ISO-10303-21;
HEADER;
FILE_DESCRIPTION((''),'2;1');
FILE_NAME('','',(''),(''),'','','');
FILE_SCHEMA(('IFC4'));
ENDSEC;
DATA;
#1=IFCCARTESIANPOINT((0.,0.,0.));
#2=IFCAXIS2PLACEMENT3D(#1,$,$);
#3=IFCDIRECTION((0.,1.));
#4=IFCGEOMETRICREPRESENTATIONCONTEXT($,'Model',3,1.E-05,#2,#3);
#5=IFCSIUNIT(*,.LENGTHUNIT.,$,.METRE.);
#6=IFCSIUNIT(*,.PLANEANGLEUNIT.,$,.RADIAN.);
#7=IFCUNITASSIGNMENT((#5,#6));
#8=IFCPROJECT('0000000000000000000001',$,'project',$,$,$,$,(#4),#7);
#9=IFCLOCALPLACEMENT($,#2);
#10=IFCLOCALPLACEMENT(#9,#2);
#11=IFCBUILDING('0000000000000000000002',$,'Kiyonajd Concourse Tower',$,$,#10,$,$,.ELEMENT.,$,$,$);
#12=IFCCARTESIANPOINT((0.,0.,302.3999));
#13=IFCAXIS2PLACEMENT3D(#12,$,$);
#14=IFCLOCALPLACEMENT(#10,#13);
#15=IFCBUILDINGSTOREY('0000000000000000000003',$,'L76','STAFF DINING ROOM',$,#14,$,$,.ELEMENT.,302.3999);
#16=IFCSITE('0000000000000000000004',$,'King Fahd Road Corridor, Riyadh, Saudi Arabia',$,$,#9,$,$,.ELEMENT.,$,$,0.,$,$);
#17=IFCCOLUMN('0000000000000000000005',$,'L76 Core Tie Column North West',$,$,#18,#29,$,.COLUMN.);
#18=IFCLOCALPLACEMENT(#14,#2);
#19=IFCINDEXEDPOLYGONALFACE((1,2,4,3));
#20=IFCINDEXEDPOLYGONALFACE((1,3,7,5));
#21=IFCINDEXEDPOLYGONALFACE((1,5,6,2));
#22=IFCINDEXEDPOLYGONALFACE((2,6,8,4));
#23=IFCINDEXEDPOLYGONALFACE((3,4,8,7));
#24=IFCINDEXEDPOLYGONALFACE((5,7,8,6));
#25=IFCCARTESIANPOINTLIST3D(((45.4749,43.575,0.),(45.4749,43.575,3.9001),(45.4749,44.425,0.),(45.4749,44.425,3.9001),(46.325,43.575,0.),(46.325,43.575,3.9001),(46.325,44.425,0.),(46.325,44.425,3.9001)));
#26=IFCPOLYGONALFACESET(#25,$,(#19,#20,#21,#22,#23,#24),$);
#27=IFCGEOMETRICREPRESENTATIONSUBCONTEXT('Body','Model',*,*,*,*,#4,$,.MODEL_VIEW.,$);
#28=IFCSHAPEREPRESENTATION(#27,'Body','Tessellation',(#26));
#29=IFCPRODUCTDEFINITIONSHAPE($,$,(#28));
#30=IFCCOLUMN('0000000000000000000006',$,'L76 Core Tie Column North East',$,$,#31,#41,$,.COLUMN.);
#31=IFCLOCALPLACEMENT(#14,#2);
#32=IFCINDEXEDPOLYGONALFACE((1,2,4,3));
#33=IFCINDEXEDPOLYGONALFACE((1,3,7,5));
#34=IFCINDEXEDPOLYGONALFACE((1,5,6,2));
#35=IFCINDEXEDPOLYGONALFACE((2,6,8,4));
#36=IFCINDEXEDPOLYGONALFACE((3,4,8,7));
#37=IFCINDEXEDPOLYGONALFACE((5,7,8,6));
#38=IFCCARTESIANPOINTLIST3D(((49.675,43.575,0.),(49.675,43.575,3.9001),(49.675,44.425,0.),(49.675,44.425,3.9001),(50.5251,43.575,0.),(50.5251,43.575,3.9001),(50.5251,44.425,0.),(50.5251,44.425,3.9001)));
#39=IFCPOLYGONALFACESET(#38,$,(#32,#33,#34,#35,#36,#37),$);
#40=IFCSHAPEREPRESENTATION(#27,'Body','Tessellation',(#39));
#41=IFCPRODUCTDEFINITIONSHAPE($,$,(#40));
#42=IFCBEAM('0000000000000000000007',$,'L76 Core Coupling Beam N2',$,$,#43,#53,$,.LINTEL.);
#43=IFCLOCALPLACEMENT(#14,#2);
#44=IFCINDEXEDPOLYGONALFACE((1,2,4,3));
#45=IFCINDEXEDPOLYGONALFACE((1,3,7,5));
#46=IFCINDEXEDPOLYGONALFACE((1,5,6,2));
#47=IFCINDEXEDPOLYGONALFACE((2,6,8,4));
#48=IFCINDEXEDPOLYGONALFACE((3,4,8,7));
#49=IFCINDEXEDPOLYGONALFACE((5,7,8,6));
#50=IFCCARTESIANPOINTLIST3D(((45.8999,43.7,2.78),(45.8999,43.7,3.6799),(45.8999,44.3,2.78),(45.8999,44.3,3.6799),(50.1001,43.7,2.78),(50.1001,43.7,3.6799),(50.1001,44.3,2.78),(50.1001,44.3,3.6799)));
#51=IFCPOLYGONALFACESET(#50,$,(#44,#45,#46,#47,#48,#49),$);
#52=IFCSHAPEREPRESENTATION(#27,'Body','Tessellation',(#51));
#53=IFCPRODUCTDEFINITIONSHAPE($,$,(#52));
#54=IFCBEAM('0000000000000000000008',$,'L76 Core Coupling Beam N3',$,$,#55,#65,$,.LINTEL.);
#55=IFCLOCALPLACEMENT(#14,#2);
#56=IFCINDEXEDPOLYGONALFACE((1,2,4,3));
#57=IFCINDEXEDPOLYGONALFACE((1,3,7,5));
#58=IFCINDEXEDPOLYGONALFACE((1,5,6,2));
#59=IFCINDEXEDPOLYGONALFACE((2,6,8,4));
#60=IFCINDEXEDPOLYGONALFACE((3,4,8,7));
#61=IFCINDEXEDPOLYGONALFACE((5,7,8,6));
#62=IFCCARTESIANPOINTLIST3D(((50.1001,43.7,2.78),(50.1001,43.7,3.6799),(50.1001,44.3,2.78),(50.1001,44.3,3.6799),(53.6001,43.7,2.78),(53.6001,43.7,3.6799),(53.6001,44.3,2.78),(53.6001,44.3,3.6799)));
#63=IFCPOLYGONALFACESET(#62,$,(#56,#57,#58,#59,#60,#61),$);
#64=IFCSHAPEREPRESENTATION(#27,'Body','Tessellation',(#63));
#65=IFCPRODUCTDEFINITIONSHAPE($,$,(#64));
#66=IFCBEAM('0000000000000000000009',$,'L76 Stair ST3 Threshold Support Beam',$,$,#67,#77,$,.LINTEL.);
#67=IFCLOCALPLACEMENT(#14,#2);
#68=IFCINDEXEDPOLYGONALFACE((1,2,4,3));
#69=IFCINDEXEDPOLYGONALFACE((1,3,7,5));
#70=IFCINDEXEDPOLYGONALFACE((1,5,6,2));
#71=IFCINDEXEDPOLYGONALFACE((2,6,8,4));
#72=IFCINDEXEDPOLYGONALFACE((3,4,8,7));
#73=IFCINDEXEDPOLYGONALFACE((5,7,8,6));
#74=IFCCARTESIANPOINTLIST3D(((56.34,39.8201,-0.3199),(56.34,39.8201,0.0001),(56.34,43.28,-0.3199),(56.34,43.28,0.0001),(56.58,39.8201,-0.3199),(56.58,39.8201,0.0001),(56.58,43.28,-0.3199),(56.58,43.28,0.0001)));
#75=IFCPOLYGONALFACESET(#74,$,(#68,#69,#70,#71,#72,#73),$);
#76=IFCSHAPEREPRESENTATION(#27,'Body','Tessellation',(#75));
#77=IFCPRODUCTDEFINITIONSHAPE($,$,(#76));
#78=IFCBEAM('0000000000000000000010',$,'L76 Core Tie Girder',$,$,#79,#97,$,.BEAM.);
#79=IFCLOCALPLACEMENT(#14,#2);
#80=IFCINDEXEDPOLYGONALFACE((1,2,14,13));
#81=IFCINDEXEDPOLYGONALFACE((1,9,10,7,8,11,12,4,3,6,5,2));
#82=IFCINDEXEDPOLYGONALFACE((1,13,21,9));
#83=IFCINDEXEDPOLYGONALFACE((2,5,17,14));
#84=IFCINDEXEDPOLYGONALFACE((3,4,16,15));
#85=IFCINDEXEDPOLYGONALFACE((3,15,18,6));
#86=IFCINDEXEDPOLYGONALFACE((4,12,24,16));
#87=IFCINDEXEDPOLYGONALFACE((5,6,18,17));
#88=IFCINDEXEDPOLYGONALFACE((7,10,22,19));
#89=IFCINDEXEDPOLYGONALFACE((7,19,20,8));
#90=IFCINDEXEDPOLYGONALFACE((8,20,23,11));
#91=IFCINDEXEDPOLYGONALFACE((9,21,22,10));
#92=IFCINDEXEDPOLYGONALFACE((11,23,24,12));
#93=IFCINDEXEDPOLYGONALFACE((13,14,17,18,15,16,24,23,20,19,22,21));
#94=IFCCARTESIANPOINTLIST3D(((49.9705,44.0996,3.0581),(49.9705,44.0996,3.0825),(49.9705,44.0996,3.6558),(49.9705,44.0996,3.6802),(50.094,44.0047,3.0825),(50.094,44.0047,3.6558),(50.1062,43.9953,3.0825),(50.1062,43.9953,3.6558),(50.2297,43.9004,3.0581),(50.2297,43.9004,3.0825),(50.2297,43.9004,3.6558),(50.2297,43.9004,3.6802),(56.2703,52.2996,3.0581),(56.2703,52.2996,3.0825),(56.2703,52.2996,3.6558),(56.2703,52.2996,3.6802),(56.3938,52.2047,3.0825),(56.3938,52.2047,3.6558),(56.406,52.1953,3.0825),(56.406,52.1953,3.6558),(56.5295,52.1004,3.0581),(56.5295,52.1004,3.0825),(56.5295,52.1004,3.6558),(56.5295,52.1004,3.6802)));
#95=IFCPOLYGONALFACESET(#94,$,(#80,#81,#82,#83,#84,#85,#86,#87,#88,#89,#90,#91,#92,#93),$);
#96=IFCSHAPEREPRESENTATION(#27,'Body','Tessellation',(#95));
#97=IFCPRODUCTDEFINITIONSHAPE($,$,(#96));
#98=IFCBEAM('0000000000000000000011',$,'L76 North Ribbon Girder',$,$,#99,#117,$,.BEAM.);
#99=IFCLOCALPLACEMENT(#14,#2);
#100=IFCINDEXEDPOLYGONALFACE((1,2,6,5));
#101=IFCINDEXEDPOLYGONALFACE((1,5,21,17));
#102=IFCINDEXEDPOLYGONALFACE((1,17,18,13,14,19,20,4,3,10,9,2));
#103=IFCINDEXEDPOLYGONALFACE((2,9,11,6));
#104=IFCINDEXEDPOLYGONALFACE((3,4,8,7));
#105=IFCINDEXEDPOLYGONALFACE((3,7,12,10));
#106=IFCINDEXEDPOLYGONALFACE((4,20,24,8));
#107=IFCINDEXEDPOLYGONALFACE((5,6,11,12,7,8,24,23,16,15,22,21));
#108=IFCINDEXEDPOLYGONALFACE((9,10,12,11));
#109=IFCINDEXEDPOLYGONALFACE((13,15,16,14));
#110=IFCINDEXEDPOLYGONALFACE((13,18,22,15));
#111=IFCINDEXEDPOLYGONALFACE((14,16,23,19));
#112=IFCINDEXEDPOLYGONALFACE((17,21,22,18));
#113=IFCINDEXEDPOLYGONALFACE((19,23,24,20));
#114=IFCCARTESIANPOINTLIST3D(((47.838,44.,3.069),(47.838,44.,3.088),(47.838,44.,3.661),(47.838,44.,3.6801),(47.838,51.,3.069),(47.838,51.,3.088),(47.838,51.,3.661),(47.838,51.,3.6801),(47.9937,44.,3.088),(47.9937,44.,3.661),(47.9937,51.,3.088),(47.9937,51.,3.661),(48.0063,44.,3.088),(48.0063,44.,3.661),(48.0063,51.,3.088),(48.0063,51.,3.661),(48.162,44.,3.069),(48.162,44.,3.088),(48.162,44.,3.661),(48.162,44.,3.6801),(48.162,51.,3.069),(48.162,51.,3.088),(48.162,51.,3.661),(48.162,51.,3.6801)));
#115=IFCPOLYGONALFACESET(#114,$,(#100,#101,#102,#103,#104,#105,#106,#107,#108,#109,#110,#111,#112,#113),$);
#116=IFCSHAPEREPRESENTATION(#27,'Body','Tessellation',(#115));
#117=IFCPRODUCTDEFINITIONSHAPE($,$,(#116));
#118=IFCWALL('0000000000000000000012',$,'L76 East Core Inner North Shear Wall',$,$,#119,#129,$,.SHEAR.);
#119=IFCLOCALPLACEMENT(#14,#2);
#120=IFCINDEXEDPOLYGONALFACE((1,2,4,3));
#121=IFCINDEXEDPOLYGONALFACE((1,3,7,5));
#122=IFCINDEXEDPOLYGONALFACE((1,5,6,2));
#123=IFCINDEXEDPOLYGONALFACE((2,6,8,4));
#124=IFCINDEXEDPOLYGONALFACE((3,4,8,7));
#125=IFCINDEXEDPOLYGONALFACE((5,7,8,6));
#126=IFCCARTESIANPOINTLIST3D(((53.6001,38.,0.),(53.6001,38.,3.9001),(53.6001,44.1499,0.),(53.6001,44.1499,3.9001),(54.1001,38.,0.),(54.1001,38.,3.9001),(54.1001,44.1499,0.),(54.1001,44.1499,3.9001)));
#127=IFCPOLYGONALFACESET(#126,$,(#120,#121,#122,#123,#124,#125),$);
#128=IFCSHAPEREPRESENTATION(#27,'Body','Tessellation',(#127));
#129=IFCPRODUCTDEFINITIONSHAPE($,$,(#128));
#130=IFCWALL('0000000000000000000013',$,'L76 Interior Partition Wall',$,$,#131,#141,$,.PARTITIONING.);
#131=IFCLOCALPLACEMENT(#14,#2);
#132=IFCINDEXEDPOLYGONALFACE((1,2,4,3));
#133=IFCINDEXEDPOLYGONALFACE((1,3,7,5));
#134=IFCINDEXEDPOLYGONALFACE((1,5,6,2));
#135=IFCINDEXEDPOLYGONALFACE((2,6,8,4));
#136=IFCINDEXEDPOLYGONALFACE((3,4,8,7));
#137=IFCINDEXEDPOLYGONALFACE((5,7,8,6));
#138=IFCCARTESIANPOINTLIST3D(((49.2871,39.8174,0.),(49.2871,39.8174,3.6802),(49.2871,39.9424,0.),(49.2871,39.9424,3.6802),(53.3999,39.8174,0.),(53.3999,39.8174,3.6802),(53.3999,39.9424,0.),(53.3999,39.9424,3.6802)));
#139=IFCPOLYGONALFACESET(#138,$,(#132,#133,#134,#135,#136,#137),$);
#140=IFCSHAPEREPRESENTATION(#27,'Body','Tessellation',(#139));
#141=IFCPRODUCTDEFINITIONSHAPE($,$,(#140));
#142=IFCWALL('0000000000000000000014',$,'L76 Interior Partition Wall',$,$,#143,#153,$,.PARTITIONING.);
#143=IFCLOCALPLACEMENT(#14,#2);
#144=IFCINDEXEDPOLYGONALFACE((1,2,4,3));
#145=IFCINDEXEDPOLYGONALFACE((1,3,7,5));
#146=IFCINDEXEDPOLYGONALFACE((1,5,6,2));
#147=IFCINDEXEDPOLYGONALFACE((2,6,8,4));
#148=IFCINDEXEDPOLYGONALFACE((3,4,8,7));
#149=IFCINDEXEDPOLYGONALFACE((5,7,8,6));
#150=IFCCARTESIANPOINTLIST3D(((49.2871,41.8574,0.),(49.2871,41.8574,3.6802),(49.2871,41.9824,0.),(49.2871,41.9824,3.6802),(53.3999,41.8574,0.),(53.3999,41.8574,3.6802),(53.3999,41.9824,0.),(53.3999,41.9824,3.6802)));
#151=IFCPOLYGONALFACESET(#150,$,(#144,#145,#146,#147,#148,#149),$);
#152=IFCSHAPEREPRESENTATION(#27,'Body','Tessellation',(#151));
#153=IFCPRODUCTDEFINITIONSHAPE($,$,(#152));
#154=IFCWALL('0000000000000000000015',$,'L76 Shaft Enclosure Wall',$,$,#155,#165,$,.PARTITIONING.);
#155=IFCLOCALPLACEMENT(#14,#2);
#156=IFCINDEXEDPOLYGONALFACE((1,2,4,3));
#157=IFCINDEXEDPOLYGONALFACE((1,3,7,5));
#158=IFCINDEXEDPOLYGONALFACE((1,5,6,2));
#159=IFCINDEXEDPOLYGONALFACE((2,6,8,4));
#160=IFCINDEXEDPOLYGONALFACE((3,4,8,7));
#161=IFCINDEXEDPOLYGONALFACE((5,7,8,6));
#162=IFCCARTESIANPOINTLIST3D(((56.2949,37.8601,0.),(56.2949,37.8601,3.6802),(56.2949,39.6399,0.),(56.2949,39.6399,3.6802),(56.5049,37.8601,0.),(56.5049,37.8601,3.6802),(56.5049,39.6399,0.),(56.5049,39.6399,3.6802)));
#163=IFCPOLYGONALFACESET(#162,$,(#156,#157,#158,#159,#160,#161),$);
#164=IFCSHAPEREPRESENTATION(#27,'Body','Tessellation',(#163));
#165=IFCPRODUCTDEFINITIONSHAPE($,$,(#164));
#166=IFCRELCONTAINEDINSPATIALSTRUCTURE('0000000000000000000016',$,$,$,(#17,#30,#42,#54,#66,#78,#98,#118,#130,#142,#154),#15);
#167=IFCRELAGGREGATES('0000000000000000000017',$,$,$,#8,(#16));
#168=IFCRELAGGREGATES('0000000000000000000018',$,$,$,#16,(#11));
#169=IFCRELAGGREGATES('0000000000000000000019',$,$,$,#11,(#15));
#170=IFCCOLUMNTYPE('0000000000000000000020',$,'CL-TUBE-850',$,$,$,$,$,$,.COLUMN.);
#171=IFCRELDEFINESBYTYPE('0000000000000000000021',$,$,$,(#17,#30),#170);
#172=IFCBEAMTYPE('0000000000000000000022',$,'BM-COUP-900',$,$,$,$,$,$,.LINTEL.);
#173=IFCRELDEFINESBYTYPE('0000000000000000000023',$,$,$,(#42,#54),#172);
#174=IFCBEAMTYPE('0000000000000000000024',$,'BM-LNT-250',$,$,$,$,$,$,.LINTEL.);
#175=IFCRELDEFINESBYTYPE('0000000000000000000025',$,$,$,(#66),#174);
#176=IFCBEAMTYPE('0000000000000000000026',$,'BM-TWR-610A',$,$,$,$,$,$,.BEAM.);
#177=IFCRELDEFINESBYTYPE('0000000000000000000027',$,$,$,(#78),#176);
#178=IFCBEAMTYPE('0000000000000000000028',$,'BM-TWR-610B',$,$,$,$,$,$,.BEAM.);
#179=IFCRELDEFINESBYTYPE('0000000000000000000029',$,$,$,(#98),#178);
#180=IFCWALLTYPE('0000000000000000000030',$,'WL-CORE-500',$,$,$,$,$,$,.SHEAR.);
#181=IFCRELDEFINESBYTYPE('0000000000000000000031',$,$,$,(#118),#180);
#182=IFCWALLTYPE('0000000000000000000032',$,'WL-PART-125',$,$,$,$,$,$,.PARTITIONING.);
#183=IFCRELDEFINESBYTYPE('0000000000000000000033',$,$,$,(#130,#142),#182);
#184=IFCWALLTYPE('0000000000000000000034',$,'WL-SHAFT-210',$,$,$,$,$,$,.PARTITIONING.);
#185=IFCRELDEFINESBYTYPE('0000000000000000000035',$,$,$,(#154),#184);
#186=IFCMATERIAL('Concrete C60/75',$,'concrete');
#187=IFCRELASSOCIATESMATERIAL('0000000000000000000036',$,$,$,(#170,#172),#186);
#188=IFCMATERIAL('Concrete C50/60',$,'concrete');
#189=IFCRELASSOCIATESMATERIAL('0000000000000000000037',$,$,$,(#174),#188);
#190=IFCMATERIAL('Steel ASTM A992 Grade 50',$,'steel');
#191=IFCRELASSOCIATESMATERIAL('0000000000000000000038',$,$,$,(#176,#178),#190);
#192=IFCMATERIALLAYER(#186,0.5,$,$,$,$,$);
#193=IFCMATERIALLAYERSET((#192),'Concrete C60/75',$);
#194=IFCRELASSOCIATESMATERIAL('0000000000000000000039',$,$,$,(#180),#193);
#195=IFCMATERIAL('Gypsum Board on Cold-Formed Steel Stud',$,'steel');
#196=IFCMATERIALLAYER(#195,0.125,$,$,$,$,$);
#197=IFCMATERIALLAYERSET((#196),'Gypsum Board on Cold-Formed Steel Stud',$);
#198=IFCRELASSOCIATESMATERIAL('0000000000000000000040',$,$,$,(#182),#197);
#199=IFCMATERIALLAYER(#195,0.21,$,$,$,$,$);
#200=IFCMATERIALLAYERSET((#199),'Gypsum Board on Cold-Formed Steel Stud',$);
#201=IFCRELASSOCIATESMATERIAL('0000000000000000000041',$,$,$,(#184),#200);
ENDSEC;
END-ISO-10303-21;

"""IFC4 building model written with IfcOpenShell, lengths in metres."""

from ifc_helpers import new_model, si_unit, direction, frame, frame_2d, origin, origin_2d, place, context, subcontext, project, spatial, rectangle, i_section, extrude, material, layer, layer_set, material_profile, profile_set, type_object, element, save


model = new_model("IFC4")

# Units and contexts
model_context = context("Model", 3, precision=1e-05, world=origin(), true_north=direction((0.0, 1.0)))
body_context = subcontext(model_context, "Body", "Model", "MODEL_VIEW")
ifc_project = project(units=[si_unit("LENGTHUNIT", "METRE"), si_unit("PLANEANGLEUNIT", "RADIAN")], contexts=[model_context])

# Site, building, storey
site_placement = place(None, origin())
site = spatial("IfcSite", under=ifc_project, at=site_placement, Name="King Fahd Road Corridor, Riyadh, Saudi Arabia", CompositionType="ELEMENT", RefElevation=0.0)
building_placement = place(site_placement, origin())
building = spatial("IfcBuilding", under=site, at=building_placement, Name="Kiyonajd Concourse Tower", CompositionType="ELEMENT")
storey_placement = place(building_placement, frame((0.0, 0.0, 302.3999)))
storey = spatial("IfcBuildingStorey", under=building, at=storey_placement, Name="L76", Description="STAFF DINING ROOM", CompositionType="ELEMENT", Elevation=302.3999)

# Columns
ifc_material_1 = material(Name="Concrete C60/75", Category="concrete")
ifc_material_profile_1 = material_profile(ifc_material_1, rectangle(XDim=0.8501, YDim=0.8501, at=origin_2d()), Name="RC-850x850")
ifc_profile_set_1 = profile_set([ifc_material_profile_1], Name="Concrete C60/75")
column_type = type_object("IfcColumnType", Name="CL-TUBE-850", PredefinedType="COLUMN", material=ifc_profile_set_1)
for number, where, z_axis, x_axis, name in (
    (1, (45.8999, 44.0, 0.0), (0.0, 0.0, 1.0), (1.0, 0.0, 0.0), "L76 Core Tie Column North West"),
    (2, (50.1001, 44.0, 0.0), (0.0, 0.0, 1.0), (1.0, 0.0, 0.0), "L76 Core Tie Column North East"),
):
    element("IfcColumn", number, at=place(storey_placement, frame(where, z_axis=z_axis, x_axis=x_axis)), inside=storey, type_object=column_type, Name=name, PredefinedType="COLUMN", context=body_context, shape_type="SweptSolid", body=[
        extrude(rectangle(XDim=0.8501, YDim=0.8501, at=origin_2d()), origin(), (0.0, 0.0, 1.0), 3.9001),
    ])

# Beams
ifc_material_profile_2 = material_profile(ifc_material_1, rectangle(XDim=0.6001, YDim=0.8999, at=origin_2d()), Name="RCBM-600x900")
ifc_profile_set_2 = profile_set([ifc_material_profile_2], Name="Concrete C60/75")
beam_type_1 = type_object("IfcBeamType", Name="BM-COUP-900", PredefinedType="LINTEL", material=ifc_profile_set_2)
beam_1_placement = place(storey_placement, frame((45.8999, 44.0, 3.23), z_axis=(1.0, 0.0, 0.0), x_axis=(0.0, 1.0, 0.0)))
element("IfcBeam", 3, at=beam_1_placement, inside=storey, type_object=beam_type_1, Name="L76 Core Coupling Beam N2", PredefinedType="LINTEL", context=body_context, shape_type="SweptSolid", body=[
    extrude(rectangle(XDim=0.6001, YDim=0.8999, at=origin_2d()), origin(), (0.0, 0.0, 1.0), 4.2002),
])
beam_2_placement = place(storey_placement, frame((50.1001, 44.0, 3.23), z_axis=(1.0, 0.0, 0.0), x_axis=(0.0, 1.0, 0.0)))
element("IfcBeam", 4, at=beam_2_placement, inside=storey, type_object=beam_type_1, Name="L76 Core Coupling Beam N3", PredefinedType="LINTEL", context=body_context, shape_type="SweptSolid", body=[
    extrude(rectangle(XDim=0.6001, YDim=0.8999, at=origin_2d()), origin(), (0.0, 0.0, 1.0), 3.5),
])
ifc_material_2 = material(Name="Concrete C50/60", Category="concrete")
ifc_material_profile_3 = material_profile(ifc_material_2, rectangle(XDim=0.24, YDim=0.3201, at=origin_2d()), Name="RCBM-240x320")
ifc_profile_set_3 = profile_set([ifc_material_profile_3], Name="Concrete C50/60")
beam_type_2 = type_object("IfcBeamType", Name="BM-LNT-250", PredefinedType="LINTEL", material=ifc_profile_set_3)
beam_3_placement = place(storey_placement, frame((56.46, 39.8201, -0.1599), z_axis=(0.0, 1.0, 0.0), x_axis=(-1.0, 0.0, 0.0)))
element("IfcBeam", 5, at=beam_3_placement, inside=storey, type_object=beam_type_2, Name="L76 Stair ST3 Threshold Support Beam", PredefinedType="LINTEL", context=body_context, shape_type="SweptSolid", body=[
    extrude(rectangle(XDim=0.24, YDim=0.3201, at=origin_2d()), origin(), (0.0, 0.0, 1.0), 3.46),
])
ifc_material_3 = material(Name="Steel ASTM A992 Grade 50", Category="steel")
ifc_material_profile_4 = material_profile(ifc_material_3, i_section(OverallWidth=0.3269, OverallDepth=0.6221, WebThickness=0.0154, FlangeThickness=0.0244, at=origin_2d()), Name="W610X195")
ifc_profile_set_4 = profile_set([ifc_material_profile_4], Name="Steel ASTM A992 Grade 50")
beam_type_3 = type_object("IfcBeamType", Name="BM-TWR-610A", PredefinedType="BEAM", material=ifc_profile_set_4)
beam_4_placement = place(storey_placement, frame((50.1001, 44.0, 3.3691), z_axis=(0.609234, 0.792991, 0.0), x_axis=(-0.792991, 0.609234, 0.0)))
element("IfcBeam", 6, at=beam_4_placement, inside=storey, type_object=beam_type_3, Name="L76 Core Tie Girder", PredefinedType="BEAM", context=body_context, shape_type="SweptSolid", body=[
    extrude(i_section(OverallWidth=0.3269, OverallDepth=0.6221, WebThickness=0.0154, FlangeThickness=0.0244, at=origin_2d()), origin(), (0.0, 0.0, 1.0), 10.3406),
])
ifc_material_profile_5 = material_profile(ifc_material_3, i_section(OverallWidth=0.324, OverallDepth=0.6111, WebThickness=0.0127, FlangeThickness=0.019, at=origin_2d()), Name="W610X155")
ifc_profile_set_5 = profile_set([ifc_material_profile_5], Name="Steel ASTM A992 Grade 50")
beam_type_4 = type_object("IfcBeamType", Name="BM-TWR-610B", PredefinedType="BEAM", material=ifc_profile_set_5)
beam_5_placement = place(storey_placement, frame((48.0, 44.0, 3.3745), z_axis=(0.0, 1.0, 0.0), x_axis=(-1.0, 0.0, 0.0)))
element("IfcBeam", 7, at=beam_5_placement, inside=storey, type_object=beam_type_4, Name="L76 North Ribbon Girder", PredefinedType="BEAM", context=body_context, shape_type="SweptSolid", body=[
    extrude(i_section(OverallWidth=0.324, OverallDepth=0.6111, WebThickness=0.0127, FlangeThickness=0.019, at=origin_2d()), origin(), (0.0, 0.0, 1.0), 7.0),
])

# Walls
ifc_layer_1 = layer(ifc_material_1, 0.5)
ifc_layer_set_1 = layer_set([ifc_layer_1], Name="Concrete C60/75")
wall_type_1 = type_object("IfcWallType", Name="WL-CORE-500", PredefinedType="SHEAR", material=ifc_layer_set_1)
wall_1_placement = place(storey_placement, frame((53.8501, 38.0, 0.0), z_axis=(0.0, 0.0, 1.0), x_axis=(0.0, 1.0, 0.0)))
element("IfcWall", 8, at=wall_1_placement, inside=storey, type_object=wall_type_1, Name="L76 East Core Inner North Shear Wall", PredefinedType="SHEAR", context=body_context, shape_type="SweptSolid", body=[
    extrude(rectangle(XDim=6.1499, YDim=0.5, at=frame_2d((3.075, 0.0))), origin(), (0.0, 0.0, 1.0), 3.9001),
])
ifc_material_4 = material(Name="Gypsum Board on Cold-Formed Steel Stud", Category="steel")
ifc_layer_2 = layer(ifc_material_4, 0.125)
ifc_layer_set_2 = layer_set([ifc_layer_2], Name="Gypsum Board on Cold-Formed Steel Stud")
wall_type_2 = type_object("IfcWallType", Name="WL-PART-125", PredefinedType="PARTITIONING", material=ifc_layer_set_2)
for number, where, z_axis, x_axis, name in (
    (9, (49.2871, 39.8799, 0.0), (0.0, 0.0, 1.0), (1.0, 0.0, 0.0), "L76 Interior Partition Wall"),
    (10, (49.2871, 41.9199, 0.0), (0.0, 0.0, 1.0), (1.0, 0.0, 0.0), "L76 Interior Partition Wall"),
):
    element("IfcWall", number, at=place(storey_placement, frame(where, z_axis=z_axis, x_axis=x_axis)), inside=storey, type_object=wall_type_2, Name=name, PredefinedType="PARTITIONING", context=body_context, shape_type="SweptSolid", body=[
        extrude(rectangle(XDim=4.1128, YDim=0.125, at=frame_2d((2.0564, 0.0))), origin(), (0.0, 0.0, 1.0), 3.6802),
    ])
ifc_layer_3 = layer(ifc_material_4, 0.21)
ifc_layer_set_3 = layer_set([ifc_layer_3], Name="Gypsum Board on Cold-Formed Steel Stud")
wall_type_3 = type_object("IfcWallType", Name="WL-SHAFT-210", PredefinedType="PARTITIONING", material=ifc_layer_set_3)
wall_2_placement = place(storey_placement, frame((56.3999, 37.8601, 0.0), z_axis=(0.0, 0.0, 1.0), x_axis=(0.0, 1.0, 0.0)))
element("IfcWall", 11, at=wall_2_placement, inside=storey, type_object=wall_type_3, Name="L76 Shaft Enclosure Wall", PredefinedType="PARTITIONING", context=body_context, shape_type="SweptSolid", body=[
    extrude(rectangle(XDim=1.7798, YDim=0.21, at=frame_2d((0.8899, 0.0))), origin(), (0.0, 0.0, 1.0), 3.6802),
])

save(model, "model.ifc")
